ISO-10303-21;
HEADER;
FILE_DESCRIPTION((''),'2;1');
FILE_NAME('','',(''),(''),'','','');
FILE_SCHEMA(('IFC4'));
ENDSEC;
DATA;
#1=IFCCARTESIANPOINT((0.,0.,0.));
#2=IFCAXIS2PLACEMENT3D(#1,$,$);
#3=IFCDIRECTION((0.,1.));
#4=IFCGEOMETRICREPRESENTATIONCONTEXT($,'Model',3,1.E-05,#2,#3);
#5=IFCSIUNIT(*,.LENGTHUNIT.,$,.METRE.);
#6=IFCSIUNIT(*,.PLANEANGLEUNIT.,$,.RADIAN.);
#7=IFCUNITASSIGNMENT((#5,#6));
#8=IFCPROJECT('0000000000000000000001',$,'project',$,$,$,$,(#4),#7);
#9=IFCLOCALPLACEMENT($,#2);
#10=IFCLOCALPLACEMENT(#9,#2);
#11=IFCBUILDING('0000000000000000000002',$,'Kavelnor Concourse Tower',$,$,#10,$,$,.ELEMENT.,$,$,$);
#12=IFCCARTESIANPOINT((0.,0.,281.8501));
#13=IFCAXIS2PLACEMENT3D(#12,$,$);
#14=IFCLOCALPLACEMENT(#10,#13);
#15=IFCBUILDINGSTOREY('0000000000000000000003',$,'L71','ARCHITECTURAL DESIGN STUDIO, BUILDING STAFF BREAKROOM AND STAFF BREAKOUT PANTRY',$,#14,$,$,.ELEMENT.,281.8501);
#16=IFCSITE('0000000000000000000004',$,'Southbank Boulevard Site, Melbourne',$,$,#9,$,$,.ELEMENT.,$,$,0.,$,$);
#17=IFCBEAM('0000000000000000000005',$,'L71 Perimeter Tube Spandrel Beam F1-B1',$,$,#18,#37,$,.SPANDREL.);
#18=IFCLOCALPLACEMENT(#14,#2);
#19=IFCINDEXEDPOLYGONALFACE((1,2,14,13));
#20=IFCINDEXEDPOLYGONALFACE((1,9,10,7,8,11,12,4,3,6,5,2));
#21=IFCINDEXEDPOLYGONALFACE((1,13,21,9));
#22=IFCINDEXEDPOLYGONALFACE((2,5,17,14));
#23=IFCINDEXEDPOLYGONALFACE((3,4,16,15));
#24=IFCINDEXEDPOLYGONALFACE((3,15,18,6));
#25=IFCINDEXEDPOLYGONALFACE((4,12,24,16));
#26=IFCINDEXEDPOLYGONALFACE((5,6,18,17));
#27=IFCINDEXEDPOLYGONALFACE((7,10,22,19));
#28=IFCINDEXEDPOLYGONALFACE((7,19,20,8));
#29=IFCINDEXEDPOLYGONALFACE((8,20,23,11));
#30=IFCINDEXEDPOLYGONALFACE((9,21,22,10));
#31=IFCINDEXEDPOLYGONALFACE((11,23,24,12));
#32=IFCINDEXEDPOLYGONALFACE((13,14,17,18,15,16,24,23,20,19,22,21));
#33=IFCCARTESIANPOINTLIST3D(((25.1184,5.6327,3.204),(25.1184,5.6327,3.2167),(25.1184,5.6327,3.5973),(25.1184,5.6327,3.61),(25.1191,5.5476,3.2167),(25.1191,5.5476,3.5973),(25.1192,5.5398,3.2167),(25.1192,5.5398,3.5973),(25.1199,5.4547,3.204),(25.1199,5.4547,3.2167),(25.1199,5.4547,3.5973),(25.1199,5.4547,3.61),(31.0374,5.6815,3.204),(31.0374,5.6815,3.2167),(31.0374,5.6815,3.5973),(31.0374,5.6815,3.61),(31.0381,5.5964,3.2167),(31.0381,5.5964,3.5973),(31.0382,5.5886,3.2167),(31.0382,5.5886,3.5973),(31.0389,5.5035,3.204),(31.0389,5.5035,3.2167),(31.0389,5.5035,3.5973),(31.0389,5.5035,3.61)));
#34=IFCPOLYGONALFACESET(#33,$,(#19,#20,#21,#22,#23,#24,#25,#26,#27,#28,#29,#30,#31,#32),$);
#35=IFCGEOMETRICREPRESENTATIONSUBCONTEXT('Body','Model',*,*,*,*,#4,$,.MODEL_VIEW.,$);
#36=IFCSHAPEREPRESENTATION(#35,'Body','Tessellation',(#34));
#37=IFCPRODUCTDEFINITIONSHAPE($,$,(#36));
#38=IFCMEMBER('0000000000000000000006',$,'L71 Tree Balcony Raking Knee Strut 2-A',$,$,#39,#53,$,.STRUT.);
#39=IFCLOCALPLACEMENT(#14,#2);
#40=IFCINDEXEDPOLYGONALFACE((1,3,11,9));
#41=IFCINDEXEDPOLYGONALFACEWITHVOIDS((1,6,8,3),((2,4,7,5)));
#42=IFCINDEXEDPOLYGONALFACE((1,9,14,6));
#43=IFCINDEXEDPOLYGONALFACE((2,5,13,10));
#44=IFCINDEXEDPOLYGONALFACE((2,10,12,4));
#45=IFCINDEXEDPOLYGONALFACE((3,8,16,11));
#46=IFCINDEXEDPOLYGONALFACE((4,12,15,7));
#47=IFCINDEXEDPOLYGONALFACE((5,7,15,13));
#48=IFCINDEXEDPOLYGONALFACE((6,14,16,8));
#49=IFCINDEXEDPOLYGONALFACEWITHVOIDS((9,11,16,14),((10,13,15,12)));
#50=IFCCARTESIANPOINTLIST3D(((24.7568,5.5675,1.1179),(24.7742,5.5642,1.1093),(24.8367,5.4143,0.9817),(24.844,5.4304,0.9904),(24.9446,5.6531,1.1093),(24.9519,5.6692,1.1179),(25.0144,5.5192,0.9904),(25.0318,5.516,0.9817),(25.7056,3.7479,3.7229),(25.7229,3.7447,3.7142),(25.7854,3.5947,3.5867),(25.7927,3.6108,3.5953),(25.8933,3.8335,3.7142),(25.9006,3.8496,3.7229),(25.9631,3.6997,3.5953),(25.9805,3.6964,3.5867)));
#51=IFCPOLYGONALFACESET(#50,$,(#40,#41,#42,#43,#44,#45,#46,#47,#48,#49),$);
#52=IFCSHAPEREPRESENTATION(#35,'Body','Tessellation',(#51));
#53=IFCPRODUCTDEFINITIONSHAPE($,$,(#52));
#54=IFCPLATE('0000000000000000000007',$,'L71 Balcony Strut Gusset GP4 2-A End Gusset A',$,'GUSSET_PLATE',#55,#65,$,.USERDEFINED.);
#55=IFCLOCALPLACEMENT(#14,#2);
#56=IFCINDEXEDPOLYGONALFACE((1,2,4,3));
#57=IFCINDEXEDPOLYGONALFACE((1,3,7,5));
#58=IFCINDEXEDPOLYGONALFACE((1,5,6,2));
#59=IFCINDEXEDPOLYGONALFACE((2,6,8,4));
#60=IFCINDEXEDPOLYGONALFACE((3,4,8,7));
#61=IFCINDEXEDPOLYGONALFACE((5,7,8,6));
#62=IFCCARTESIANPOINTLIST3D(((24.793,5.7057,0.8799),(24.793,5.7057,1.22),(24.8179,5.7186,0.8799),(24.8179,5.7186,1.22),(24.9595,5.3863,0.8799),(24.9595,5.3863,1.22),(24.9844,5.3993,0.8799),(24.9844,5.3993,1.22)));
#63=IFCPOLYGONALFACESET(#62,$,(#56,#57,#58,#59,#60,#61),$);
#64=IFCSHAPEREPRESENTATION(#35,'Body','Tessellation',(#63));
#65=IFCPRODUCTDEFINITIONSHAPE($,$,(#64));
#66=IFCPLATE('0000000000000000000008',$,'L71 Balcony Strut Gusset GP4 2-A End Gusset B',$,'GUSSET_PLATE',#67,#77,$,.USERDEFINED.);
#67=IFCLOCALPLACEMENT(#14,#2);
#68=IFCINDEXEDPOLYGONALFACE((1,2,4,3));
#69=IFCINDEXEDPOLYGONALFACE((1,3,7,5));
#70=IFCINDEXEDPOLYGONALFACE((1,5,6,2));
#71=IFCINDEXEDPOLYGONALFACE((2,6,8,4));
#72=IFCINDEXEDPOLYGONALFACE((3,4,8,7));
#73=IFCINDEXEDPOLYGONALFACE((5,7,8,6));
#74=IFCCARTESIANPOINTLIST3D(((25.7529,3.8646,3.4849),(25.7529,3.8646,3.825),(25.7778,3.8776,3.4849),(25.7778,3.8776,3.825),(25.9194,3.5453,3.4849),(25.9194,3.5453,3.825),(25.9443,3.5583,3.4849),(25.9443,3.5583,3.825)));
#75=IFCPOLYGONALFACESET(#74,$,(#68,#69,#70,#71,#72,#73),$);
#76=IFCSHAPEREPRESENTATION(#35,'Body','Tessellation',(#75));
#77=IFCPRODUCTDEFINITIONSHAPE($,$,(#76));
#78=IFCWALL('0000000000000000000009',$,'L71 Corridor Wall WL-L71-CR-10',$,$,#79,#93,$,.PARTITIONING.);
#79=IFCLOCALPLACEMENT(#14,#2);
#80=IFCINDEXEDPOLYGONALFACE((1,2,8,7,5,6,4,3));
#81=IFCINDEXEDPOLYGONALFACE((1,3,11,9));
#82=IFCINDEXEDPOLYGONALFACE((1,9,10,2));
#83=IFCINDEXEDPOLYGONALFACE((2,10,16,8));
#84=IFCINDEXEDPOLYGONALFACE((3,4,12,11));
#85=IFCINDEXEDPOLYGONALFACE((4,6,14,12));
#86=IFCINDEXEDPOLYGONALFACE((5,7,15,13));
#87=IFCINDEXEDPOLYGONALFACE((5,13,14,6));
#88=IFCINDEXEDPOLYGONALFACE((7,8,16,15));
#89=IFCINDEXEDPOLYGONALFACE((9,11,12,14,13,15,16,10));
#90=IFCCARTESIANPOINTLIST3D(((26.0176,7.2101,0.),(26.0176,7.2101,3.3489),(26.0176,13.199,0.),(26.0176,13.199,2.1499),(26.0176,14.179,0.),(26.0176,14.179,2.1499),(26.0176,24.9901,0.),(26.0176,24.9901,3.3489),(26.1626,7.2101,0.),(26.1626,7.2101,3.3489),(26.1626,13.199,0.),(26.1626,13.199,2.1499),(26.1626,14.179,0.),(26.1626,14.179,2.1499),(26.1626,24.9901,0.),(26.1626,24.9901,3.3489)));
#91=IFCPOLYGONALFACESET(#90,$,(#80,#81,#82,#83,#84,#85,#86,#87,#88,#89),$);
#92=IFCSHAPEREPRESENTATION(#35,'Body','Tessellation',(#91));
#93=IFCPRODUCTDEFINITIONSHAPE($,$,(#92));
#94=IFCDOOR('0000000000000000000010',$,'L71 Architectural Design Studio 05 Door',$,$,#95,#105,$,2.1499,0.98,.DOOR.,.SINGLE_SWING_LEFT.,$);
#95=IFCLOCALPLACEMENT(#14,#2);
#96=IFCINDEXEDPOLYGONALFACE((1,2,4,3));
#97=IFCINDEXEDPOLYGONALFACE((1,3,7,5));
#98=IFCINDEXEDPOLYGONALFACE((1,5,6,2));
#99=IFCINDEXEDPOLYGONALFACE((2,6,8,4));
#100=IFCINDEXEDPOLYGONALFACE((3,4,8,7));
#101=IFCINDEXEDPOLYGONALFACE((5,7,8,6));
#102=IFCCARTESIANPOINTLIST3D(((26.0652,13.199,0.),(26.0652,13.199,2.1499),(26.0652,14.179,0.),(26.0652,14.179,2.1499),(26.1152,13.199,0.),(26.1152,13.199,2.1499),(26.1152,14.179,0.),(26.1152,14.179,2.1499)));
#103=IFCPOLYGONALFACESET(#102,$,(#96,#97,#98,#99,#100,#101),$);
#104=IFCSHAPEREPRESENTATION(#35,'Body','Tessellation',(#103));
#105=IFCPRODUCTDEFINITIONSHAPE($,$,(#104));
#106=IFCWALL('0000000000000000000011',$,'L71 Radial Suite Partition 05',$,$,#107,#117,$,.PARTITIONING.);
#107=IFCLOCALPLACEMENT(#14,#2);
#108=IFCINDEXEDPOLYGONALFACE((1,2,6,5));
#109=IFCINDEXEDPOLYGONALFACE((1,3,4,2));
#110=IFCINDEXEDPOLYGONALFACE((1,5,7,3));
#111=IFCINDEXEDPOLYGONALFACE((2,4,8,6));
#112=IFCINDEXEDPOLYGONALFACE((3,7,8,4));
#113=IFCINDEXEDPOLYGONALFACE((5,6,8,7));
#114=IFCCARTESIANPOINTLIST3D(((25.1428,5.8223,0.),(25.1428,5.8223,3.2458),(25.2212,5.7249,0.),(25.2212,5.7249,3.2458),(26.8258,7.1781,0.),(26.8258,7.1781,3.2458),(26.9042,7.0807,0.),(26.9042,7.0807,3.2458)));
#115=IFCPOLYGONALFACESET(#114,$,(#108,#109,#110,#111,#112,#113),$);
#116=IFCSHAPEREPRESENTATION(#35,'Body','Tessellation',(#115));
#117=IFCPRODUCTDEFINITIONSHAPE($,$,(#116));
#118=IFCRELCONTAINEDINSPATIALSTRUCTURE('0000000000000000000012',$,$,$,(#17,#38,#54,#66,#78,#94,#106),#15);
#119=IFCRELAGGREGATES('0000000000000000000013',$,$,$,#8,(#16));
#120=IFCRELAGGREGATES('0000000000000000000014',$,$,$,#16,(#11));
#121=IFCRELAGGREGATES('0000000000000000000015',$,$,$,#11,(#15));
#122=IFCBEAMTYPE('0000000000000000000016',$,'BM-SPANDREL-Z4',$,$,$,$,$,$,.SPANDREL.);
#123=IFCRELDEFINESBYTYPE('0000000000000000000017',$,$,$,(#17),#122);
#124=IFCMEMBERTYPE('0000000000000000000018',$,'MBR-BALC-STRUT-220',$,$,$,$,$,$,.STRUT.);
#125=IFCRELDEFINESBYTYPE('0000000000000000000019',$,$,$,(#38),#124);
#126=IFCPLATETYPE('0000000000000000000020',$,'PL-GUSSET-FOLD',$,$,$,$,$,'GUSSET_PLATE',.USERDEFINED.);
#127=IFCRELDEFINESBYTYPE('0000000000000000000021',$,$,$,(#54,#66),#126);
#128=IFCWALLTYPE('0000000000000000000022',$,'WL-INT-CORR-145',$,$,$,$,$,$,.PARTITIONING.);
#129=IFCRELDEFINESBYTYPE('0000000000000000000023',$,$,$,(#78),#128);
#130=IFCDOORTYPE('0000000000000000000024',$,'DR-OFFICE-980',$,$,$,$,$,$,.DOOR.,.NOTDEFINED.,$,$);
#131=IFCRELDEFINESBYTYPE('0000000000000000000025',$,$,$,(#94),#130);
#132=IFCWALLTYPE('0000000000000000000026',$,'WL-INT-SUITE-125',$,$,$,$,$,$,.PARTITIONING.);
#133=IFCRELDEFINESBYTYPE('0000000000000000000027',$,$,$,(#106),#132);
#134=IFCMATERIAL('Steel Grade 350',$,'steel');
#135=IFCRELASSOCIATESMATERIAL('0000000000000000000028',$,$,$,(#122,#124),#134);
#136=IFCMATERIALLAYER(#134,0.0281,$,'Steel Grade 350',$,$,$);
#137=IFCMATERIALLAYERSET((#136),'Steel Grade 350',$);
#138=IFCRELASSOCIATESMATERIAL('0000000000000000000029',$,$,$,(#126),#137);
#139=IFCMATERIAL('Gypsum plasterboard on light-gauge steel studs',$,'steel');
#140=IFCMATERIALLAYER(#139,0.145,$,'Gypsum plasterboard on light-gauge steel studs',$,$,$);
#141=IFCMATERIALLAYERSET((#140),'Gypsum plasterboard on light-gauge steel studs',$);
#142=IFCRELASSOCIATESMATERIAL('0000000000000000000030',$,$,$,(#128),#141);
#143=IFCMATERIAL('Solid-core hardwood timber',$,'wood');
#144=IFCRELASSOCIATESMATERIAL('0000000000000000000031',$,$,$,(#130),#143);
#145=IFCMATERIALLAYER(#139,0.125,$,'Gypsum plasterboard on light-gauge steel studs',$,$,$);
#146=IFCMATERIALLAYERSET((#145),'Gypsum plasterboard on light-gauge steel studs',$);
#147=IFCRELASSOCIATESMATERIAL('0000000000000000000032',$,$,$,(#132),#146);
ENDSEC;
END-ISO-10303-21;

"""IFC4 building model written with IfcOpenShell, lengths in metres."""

from ifc_helpers import new_model, si_unit, direction, frame, frame_2d, origin, origin_2d, place, context, subcontext, project, spatial, rectangle, hollow_rectangle, i_section, extrude, material, layer, layer_set, material_profile, profile_set, type_object, element, fill, save


model = new_model("IFC4")

# Units and contexts
model_context = context("Model", 3, precision=1e-05, world=origin(), true_north=direction((0.0, 1.0)))
body_context = subcontext(model_context, "Body", "Model", "MODEL_VIEW")
ifc_project = project(units=[si_unit("LENGTHUNIT", "METRE"), si_unit("PLANEANGLEUNIT", "RADIAN")], contexts=[model_context])

# Site, building, storey
site_placement = place(None, origin())
site = spatial("IfcSite", under=ifc_project, at=site_placement, Name="Southbank Boulevard Site, Melbourne", CompositionType="ELEMENT", RefElevation=0.0)
building_placement = place(site_placement, origin())
building = spatial("IfcBuilding", under=site, at=building_placement, Name="Kavelnor Concourse Tower", CompositionType="ELEMENT")
storey_placement = place(building_placement, frame((0.0, 0.0, 281.8501)))
storey = spatial("IfcBuildingStorey", under=building, at=storey_placement, Name="L71", Description="ARCHITECTURAL DESIGN STUDIO, BUILDING STAFF BREAKROOM AND STAFF BREAKOUT PANTRY", CompositionType="ELEMENT", Elevation=281.8501)

# Shared definitions
ifc_material_1 = material(Name="Steel Grade 350", Category="steel")

# Beam
ifc_material_profile_1 = material_profile(ifc_material_1, i_section(OverallWidth=0.178, OverallDepth=0.406, WebThickness=0.0078, FlangeThickness=0.0127, at=origin_2d()), Name="410UB59")
ifc_profile_set_1 = profile_set([ifc_material_profile_1], Name="Steel Grade 350")
beam_type_1 = type_object("IfcBeamType", Name="BM-SPANDREL-Z4", PredefinedType="SPANDREL", material=ifc_profile_set_1)
beam_1_placement = place(storey_placement, frame((25.1191, 5.5437, 3.407), z_axis=(0.999966, 0.008249, 0.0), x_axis=(-0.008249, 0.999966, 0.0)))
element("IfcBeam", 1, at=beam_1_placement, inside=storey, type_object=beam_type_1, Name="L71 Perimeter Tube Spandrel Beam F1-B1", PredefinedType="SPANDREL", context=body_context, shape_type="SweptSolid", body=[
    extrude(i_section(OverallWidth=0.178, OverallDepth=0.406, WebThickness=0.0078, FlangeThickness=0.0127, at=origin_2d()), origin(), (0.0, 0.0, 1.0), 5.9192),
])

# Member
ifc_material_profile_2 = material_profile(ifc_material_1, hollow_rectangle(XDim=0.22, YDim=0.22, WallThickness=0.0139, at=origin_2d()), Name="SHS 220x220x14")
ifc_profile_set_2 = profile_set([ifc_material_profile_2], Name="Steel Grade 350")
member_type = type_object("IfcMemberType", Name="MBR-BALC-STRUT-220", PredefinedType="STRUT", material=ifc_profile_set_2)
member_placement = place(storey_placement, frame((24.8943, 5.5417, 1.0498), z_axis=(0.286094, -0.548702, 0.785542), x_axis=(0.886708, 0.46233, 0.0)))
element("IfcMember", 2, at=member_placement, inside=storey, type_object=member_type, Name="L71 Tree Balcony Raking Knee Strut 2-A", PredefinedType="STRUT", context=body_context, shape_type="SweptSolid", body=[
    extrude(hollow_rectangle(XDim=0.22, YDim=0.22, WallThickness=0.0139, at=origin_2d()), origin(), (0.0, 0.0, 1.0), 3.3162),
])

# Plates
ifc_layer_1 = layer(ifc_material_1, 0.0281, Name="Steel Grade 350")
ifc_layer_set_1 = layer_set([ifc_layer_1], Name="Steel Grade 350")
plate_type = type_object("IfcPlateType", Name="PL-GUSSET-FOLD", ElementType="GUSSET_PLATE", PredefinedType="USERDEFINED", material=ifc_layer_set_1)
for number, where, z_axis, x_axis, name in (
    (3, (24.8887, 5.5525, 0.8799), (0.0, 0.0, 1.0), (0.462368, -0.886688, 0.0), "L71 Balcony Strut Gusset GP4 2-A End Gusset A"),
    (4, (25.8486, 3.7114, 3.4849), (0.0, 0.0, 1.0), (0.462368, -0.886688, 0.0), "L71 Balcony Strut Gusset GP4 2-A End Gusset B"),
):
    element("IfcPlate", number, at=place(storey_placement, frame(where, z_axis=z_axis, x_axis=x_axis)), inside=storey, type_object=plate_type, Name=name, ObjectType="GUSSET_PLATE", PredefinedType="USERDEFINED", context=body_context, shape_type="SweptSolid", body=[
        extrude(rectangle(XDim=0.3601, YDim=0.0281, at=origin_2d()), origin(), (0.0, 0.0, 1.0), 0.3401),
    ])

# Wall, opening, door
ifc_material_2 = material(Name="Gypsum plasterboard on light-gauge steel studs", Category="steel")
ifc_layer_2 = layer(ifc_material_2, 0.145, Name="Gypsum plasterboard on light-gauge steel studs")
ifc_layer_set_2 = layer_set([ifc_layer_2], Name="Gypsum plasterboard on light-gauge steel studs")
wall_type_1 = type_object("IfcWallType", Name="WL-INT-CORR-145", PredefinedType="PARTITIONING", material=ifc_layer_set_2)
wall_1_placement = place(storey_placement, frame((26.0901, 7.21, 0.0), z_axis=(0.0, 0.0, 1.0), x_axis=(0.0, 1.0, 0.0)))
wall_1 = element("IfcWall", 5, at=wall_1_placement, inside=storey, type_object=wall_type_1, Name="L71 Corridor Wall WL-L71-CR-10", PredefinedType="PARTITIONING", context=body_context, shape_type="SweptSolid", body=[
    extrude(rectangle(XDim=17.78, YDim=0.145, at=frame_2d((8.8901, 0.0))), origin(), (0.0, 0.0, 1.0), 3.3489),
])
opening_placement = place(wall_1_placement, frame((5.989, 0.0, 0.0)))
opening = element("IfcOpeningElement", 6, at=opening_placement, cuts=wall_1, PredefinedType="OPENING", context=body_context, shape_type="SweptSolid", body=[
    extrude(rectangle(XDim=0.98, YDim=2.1499, at=frame_2d((0.49, 1.075))), frame((0.0, 0.0825, 0.0), z_axis=(0.0, -1.0, 0.0), x_axis=(1.0, 0.0, 0.0)), (0.0, 0.0, 1.0), 0.165),
])
ifc_material_3 = material(Name="Solid-core hardwood timber", Category="wood")
door_type = type_object("IfcDoorType", Name="DR-OFFICE-980", OperationType="NOTDEFINED", PredefinedType="DOOR", material=ifc_material_3)
door_placement = place(opening_placement, origin())
door = element("IfcDoor", 7, at=door_placement, inside=storey, type_object=door_type, Name="L71 Architectural Design Studio 05 Door", OperationType="SINGLE_SWING_LEFT", OverallHeight=2.1499, OverallWidth=0.98, PredefinedType="DOOR", context=body_context, shape_type="SweptSolid", body=[
    extrude(rectangle(XDim=0.98, YDim=2.1499, at=frame_2d((0.49, 1.075))), frame((0.0, 0.0249, 0.0), z_axis=(0.0, -1.0, 0.0), x_axis=(1.0, 0.0, 0.0)), (0.0, 0.0, 1.0), 0.05),
])
fill(opening, door)

# Wall
ifc_layer_3 = layer(ifc_material_2, 0.125, Name="Gypsum plasterboard on light-gauge steel studs")
ifc_layer_set_3 = layer_set([ifc_layer_3], Name="Gypsum plasterboard on light-gauge steel studs")
wall_type_2 = type_object("IfcWallType", Name="WL-INT-SUITE-125", PredefinedType="PARTITIONING", material=ifc_layer_set_3)
wall_2_placement = place(storey_placement, frame((26.865, 7.1294, 0.0), z_axis=(0.0, 0.0, 1.0), x_axis=(-0.778737, -0.62735, 0.0)))
element("IfcWall", 8, at=wall_2_placement, inside=storey, type_object=wall_type_2, Name="L71 Radial Suite Partition 05", PredefinedType="PARTITIONING", context=body_context, shape_type="SweptSolid", body=[
    extrude(rectangle(XDim=2.1611, YDim=0.125, at=frame_2d((1.0806, 0.0))), origin(), (0.0, 0.0, 1.0), 3.2458),
])

save(model, "model.ifc")
